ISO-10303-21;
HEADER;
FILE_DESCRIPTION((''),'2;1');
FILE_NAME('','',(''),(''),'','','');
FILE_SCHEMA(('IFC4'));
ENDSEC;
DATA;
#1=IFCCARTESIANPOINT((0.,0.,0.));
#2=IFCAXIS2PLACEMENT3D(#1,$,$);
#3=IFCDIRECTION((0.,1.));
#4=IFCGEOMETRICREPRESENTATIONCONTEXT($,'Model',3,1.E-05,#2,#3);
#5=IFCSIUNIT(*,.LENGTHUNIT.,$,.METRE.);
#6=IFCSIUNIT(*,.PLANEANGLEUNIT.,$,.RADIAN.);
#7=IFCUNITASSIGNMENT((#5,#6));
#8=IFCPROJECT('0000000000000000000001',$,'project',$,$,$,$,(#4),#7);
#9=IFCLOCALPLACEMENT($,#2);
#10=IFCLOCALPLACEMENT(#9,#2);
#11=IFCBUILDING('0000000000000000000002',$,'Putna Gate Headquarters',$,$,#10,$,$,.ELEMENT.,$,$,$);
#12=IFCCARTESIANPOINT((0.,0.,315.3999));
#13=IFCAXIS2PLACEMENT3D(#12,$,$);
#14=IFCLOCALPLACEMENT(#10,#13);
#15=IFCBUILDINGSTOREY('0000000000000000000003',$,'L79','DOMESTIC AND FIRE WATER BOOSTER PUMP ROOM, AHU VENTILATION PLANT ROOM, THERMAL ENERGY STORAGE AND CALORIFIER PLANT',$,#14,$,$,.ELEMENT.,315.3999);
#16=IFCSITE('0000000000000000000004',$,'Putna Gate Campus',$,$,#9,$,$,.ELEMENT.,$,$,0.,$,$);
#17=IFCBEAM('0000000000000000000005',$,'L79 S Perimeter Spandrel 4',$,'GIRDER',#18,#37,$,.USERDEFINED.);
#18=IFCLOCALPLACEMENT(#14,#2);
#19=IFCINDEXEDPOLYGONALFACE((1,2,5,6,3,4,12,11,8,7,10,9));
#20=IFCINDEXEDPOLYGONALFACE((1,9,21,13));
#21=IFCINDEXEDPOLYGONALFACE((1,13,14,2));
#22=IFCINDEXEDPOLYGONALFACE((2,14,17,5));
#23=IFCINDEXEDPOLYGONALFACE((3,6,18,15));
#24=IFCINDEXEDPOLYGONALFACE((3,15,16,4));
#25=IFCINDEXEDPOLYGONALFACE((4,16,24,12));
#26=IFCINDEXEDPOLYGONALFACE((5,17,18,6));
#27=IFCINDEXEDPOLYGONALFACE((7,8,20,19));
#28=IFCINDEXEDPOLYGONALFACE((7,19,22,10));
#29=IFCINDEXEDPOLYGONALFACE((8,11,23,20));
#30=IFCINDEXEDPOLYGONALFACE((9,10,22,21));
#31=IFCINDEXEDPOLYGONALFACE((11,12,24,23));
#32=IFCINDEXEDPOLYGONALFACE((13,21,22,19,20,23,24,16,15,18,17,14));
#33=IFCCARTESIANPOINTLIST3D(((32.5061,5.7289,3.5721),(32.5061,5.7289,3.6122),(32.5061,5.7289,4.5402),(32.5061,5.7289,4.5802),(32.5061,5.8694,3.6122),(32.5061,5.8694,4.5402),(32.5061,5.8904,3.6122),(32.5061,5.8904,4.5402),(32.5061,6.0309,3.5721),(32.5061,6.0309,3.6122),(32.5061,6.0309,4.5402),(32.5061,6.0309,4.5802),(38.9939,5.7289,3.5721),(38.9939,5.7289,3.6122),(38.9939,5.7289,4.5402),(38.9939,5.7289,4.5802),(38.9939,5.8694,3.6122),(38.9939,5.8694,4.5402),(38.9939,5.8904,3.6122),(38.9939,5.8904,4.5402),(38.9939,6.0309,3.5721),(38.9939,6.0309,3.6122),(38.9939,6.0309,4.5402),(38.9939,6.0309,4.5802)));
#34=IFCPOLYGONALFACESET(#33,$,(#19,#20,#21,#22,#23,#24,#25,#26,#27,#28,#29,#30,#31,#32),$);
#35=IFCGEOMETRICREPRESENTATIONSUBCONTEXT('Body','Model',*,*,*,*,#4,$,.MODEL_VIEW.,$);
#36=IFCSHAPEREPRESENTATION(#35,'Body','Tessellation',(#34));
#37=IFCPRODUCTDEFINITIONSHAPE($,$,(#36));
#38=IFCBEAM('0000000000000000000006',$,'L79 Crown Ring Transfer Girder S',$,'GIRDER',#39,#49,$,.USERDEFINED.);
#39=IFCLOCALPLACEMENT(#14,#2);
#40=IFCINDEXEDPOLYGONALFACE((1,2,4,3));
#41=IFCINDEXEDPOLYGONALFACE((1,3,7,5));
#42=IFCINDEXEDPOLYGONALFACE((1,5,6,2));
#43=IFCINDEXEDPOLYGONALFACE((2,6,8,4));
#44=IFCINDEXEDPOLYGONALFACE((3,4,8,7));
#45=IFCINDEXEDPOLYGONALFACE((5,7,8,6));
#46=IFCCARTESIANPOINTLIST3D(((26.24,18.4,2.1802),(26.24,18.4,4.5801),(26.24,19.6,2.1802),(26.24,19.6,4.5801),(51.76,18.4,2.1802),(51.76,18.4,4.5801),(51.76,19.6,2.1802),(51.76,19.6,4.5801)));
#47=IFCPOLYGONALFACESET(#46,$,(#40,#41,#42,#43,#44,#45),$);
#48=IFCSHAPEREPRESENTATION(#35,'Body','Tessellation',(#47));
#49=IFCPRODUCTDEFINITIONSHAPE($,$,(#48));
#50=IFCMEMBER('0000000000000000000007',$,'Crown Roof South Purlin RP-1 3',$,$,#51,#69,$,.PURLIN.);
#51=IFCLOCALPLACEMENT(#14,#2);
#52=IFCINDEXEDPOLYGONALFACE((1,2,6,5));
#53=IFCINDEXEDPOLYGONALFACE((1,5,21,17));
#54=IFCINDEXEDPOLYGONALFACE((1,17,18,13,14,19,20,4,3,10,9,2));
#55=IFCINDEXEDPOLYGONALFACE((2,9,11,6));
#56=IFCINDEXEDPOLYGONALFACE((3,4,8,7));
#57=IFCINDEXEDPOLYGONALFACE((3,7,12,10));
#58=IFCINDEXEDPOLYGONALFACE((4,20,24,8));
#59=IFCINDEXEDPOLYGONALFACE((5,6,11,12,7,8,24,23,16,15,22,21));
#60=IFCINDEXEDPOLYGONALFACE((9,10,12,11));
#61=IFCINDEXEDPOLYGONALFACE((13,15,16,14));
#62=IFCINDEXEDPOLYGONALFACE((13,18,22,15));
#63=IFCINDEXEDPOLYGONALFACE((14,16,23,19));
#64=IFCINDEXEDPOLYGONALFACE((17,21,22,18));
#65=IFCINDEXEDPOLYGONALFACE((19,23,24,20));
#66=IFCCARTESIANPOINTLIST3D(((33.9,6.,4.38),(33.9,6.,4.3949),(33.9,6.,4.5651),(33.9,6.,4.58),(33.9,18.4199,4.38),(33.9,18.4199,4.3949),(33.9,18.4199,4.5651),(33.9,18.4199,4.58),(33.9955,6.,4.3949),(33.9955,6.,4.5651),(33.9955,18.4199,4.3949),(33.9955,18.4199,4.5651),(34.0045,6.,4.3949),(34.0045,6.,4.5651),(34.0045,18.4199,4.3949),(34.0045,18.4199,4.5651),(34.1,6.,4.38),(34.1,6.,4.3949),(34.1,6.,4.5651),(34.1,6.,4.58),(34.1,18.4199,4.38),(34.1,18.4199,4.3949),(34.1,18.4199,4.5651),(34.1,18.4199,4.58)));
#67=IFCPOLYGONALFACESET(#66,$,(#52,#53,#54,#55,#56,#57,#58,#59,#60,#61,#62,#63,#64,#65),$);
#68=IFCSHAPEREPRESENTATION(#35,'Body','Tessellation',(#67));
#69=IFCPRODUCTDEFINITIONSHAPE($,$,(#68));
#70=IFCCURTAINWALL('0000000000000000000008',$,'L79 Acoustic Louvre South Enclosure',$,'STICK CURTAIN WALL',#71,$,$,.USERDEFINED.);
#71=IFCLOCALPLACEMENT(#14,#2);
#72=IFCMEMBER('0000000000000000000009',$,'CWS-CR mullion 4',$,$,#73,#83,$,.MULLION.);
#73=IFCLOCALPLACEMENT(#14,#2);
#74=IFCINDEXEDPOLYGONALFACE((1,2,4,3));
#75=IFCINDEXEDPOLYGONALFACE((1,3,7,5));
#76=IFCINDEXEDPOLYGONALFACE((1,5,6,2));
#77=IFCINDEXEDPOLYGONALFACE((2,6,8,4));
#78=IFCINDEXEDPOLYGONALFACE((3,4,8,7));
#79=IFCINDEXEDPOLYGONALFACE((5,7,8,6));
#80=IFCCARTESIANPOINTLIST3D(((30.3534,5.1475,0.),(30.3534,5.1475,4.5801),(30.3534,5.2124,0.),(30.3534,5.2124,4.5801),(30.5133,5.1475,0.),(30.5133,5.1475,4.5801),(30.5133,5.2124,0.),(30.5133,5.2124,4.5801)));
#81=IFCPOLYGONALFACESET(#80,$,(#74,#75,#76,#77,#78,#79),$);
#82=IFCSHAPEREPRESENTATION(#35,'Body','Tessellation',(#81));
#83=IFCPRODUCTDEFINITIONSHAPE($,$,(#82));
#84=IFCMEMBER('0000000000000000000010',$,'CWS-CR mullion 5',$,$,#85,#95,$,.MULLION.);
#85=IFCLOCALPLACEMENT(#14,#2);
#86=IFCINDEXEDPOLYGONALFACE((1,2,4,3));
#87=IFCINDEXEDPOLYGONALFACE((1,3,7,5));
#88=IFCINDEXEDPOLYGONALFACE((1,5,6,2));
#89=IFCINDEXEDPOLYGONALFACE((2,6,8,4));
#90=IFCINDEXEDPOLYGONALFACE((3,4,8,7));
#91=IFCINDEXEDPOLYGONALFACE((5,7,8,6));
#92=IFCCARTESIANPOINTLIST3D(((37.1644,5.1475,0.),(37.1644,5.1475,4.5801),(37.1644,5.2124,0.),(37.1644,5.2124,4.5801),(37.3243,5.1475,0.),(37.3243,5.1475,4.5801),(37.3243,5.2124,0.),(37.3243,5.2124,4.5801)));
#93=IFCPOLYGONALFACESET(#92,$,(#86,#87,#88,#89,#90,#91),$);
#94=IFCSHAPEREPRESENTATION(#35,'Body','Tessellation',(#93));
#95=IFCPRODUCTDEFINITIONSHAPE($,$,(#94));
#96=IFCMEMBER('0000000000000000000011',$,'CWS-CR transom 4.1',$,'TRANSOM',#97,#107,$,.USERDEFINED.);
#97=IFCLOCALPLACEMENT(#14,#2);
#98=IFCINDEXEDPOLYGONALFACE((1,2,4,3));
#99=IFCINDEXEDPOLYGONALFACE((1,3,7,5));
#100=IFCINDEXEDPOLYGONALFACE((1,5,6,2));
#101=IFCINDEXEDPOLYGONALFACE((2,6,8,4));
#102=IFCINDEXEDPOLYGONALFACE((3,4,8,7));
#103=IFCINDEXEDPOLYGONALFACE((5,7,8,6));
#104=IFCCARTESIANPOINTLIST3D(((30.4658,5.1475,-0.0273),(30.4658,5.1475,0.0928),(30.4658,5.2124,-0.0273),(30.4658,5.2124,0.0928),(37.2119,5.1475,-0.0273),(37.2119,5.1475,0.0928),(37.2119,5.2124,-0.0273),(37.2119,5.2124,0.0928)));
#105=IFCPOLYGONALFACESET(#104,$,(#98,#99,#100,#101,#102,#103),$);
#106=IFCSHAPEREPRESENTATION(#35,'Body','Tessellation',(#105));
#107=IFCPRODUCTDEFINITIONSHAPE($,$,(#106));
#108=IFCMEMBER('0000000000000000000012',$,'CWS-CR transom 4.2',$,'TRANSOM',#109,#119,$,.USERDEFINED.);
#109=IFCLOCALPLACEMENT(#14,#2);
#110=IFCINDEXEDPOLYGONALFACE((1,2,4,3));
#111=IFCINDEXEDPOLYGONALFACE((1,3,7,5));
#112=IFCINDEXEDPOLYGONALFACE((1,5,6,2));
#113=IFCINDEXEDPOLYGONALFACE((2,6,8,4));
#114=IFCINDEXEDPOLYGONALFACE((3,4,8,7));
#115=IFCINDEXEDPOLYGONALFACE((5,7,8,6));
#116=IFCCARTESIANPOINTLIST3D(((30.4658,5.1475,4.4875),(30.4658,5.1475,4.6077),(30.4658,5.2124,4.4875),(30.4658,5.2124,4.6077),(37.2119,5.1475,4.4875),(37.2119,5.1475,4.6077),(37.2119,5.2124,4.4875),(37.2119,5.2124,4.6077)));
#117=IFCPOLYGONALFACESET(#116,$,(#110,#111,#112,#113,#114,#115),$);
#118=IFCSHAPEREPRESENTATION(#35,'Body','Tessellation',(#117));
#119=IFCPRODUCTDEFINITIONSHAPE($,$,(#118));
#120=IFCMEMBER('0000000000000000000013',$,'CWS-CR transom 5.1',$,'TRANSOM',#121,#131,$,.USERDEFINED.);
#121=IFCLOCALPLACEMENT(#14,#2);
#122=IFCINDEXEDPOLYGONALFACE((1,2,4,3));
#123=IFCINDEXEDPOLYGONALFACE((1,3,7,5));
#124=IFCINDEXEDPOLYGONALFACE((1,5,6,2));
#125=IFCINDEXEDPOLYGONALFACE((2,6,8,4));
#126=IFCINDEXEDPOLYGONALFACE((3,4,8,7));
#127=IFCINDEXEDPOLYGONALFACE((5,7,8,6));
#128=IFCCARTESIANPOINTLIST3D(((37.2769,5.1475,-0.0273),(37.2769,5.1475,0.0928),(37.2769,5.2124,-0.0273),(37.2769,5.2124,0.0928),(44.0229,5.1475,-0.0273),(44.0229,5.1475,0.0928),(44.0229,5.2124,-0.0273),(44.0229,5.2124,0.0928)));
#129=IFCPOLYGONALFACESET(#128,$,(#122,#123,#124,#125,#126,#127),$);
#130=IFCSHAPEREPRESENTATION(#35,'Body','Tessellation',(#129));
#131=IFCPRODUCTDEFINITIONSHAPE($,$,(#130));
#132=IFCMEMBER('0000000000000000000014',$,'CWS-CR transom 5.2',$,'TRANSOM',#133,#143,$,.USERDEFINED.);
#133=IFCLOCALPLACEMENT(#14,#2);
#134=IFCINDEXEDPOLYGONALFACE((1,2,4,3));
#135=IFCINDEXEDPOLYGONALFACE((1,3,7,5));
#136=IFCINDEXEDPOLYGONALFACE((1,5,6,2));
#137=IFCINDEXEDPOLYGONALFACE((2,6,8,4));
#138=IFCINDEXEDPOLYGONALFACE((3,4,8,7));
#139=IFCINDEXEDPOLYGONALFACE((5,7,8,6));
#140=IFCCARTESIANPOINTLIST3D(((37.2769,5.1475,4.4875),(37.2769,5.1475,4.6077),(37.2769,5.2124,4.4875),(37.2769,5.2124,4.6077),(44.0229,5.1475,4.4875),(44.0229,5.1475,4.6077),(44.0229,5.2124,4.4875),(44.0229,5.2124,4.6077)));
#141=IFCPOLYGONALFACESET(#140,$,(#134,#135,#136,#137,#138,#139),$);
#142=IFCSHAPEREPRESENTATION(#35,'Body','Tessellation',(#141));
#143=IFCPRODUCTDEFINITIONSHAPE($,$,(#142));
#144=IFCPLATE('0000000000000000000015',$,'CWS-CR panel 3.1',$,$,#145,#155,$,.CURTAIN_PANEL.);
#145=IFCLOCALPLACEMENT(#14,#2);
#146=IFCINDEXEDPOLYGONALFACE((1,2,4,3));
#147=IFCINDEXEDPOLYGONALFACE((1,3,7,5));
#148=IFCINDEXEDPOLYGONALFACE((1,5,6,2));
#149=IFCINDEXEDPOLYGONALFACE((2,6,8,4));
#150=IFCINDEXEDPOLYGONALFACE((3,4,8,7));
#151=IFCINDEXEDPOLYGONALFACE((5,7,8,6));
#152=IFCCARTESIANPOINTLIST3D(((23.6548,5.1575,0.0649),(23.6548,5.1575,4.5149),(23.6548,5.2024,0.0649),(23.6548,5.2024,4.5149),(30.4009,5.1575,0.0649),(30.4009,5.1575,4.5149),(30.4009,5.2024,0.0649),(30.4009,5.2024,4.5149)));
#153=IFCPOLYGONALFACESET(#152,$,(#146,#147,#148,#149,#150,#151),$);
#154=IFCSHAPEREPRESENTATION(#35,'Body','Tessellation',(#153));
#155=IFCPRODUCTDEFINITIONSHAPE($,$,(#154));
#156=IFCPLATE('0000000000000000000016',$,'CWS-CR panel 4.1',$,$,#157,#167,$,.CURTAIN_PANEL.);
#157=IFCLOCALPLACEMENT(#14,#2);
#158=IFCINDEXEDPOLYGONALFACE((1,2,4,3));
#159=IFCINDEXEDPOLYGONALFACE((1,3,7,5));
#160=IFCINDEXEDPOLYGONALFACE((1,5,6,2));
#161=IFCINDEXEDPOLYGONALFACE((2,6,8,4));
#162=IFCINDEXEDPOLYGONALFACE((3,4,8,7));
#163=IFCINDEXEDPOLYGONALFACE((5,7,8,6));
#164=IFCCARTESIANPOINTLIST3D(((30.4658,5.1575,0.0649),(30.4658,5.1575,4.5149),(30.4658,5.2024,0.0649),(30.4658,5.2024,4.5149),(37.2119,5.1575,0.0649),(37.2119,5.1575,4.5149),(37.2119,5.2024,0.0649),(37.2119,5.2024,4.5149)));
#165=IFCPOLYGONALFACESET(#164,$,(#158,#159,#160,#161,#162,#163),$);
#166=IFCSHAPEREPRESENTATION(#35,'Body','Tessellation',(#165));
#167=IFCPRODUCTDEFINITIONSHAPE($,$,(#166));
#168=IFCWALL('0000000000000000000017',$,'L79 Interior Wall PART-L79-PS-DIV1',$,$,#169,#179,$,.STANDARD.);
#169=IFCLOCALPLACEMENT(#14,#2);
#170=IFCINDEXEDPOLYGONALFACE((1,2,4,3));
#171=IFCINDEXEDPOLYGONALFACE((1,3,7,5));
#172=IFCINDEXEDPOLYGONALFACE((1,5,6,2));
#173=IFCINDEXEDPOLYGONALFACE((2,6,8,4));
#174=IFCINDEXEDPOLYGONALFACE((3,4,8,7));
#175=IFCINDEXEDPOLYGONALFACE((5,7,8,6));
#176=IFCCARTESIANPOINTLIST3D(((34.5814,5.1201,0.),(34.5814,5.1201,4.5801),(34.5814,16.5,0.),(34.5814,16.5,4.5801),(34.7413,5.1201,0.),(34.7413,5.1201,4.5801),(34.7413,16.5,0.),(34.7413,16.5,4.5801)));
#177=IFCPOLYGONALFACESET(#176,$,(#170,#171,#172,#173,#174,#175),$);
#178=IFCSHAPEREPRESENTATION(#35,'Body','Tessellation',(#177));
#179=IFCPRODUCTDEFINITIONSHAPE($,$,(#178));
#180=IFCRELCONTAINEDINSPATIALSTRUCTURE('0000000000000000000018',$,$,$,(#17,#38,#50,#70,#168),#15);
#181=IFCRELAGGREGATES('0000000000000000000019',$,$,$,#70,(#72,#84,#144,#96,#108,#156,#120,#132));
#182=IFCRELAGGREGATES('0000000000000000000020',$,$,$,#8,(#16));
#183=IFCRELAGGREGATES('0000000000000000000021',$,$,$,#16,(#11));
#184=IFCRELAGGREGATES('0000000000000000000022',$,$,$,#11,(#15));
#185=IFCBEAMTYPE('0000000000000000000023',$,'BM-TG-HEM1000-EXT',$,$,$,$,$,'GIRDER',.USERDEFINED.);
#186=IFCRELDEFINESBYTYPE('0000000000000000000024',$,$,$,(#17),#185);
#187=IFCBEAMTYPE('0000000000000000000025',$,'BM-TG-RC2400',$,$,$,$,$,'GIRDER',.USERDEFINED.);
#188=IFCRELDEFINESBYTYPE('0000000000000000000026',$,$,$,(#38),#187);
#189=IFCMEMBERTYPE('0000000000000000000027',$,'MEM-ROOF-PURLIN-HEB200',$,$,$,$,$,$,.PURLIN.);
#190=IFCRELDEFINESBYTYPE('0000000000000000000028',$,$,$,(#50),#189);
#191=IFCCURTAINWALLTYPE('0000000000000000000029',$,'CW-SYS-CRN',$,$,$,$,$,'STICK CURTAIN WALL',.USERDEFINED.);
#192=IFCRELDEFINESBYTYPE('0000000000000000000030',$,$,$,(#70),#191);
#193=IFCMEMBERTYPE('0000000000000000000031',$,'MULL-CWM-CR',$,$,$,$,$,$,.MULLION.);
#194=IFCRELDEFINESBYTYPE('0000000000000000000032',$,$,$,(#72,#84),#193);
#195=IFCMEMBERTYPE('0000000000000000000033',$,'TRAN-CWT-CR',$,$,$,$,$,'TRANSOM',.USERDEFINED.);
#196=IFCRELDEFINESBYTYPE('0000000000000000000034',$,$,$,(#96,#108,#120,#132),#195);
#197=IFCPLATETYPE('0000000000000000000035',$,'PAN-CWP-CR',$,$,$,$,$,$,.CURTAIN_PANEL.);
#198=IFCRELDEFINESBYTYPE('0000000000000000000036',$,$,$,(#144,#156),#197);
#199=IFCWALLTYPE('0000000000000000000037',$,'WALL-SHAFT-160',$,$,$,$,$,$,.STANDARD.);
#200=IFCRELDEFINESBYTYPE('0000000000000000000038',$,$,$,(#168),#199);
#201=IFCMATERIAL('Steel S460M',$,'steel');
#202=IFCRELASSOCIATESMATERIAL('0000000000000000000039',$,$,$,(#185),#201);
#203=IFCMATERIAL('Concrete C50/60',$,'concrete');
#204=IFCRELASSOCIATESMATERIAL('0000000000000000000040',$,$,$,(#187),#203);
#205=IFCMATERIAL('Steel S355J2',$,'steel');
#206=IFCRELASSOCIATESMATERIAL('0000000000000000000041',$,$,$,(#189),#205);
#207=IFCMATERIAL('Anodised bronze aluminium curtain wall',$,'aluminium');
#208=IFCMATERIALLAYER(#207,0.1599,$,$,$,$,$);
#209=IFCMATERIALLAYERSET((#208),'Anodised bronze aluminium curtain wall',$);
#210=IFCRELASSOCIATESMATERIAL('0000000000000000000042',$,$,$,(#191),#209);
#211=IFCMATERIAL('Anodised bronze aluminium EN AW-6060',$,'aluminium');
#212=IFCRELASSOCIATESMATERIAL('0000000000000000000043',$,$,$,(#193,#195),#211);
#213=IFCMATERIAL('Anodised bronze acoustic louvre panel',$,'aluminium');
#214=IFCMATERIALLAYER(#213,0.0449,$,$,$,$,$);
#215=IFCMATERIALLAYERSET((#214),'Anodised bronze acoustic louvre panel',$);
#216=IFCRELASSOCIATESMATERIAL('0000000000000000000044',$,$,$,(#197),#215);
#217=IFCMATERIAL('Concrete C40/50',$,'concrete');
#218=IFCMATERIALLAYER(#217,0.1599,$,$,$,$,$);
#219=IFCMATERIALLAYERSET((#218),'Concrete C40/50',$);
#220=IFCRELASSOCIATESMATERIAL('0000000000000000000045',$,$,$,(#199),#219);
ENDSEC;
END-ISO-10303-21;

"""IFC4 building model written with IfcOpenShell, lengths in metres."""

from ifc_helpers import new_model, si_unit, direction, frame, frame_2d, origin, origin_2d, place, context, subcontext, project, spatial, rectangle, i_section, extrude, material, layer, layer_set, material_profile, profile_set, type_object, element, aggregate, save


model = new_model("IFC4")

# Units and contexts
model_context = context("Model", 3, precision=1e-05, world=origin(), true_north=direction((0.0, 1.0)))
body_context = subcontext(model_context, "Body", "Model", "MODEL_VIEW")
ifc_project = project(units=[si_unit("LENGTHUNIT", "METRE"), si_unit("PLANEANGLEUNIT", "RADIAN")], contexts=[model_context])

# Site, building, storey
site_placement = place(None, origin())
site = spatial("IfcSite", under=ifc_project, at=site_placement, Name="Putna Gate Campus", CompositionType="ELEMENT", RefElevation=0.0)
building_placement = place(site_placement, origin())
building = spatial("IfcBuilding", under=site, at=building_placement, Name="Putna Gate Headquarters", CompositionType="ELEMENT")
storey_placement = place(building_placement, frame((0.0, 0.0, 315.3999)))
storey = spatial("IfcBuildingStorey", under=building, at=storey_placement, Name="L79", Description="DOMESTIC AND FIRE WATER BOOSTER PUMP ROOM, AHU VENTILATION PLANT ROOM, THERMAL ENERGY STORAGE AND CALORIFIER PLANT", CompositionType="ELEMENT", Elevation=315.3999)

# Shared definitions
ifc_material_1 = material(Name="Steel S460M", Category="steel")

# Beams
ifc_material_2 = material(Name="Steel S355J2", Category="steel")
ifc_material_profile_1 = material_profile(ifc_material_1, i_section(OverallWidth=0.302, OverallDepth=1.0081, WebThickness=0.021, FlangeThickness=0.04, at=origin_2d()), Name="Steel S460M")
ifc_profile_set_1 = profile_set([ifc_material_profile_1], Name="Steel S460M")
beam_type_1 = type_object("IfcBeamType", Name="BM-TG-HEM1000-EXT", ElementType="GIRDER", PredefinedType="USERDEFINED", material=ifc_profile_set_1)
beam_1_placement = place(storey_placement, frame((32.5061, 5.8799, 4.0762), z_axis=(1.0, 0.0, 0.0), x_axis=(0.0, 1.0, 0.0)))
element("IfcBeam", 1, at=beam_1_placement, inside=storey, type_object=beam_type_1, Name="L79 S Perimeter Spandrel 4", ObjectType="GIRDER", PredefinedType="USERDEFINED", context=body_context, shape_type="SweptSolid", body=[
    extrude(i_section(OverallWidth=0.302, OverallDepth=1.0081, WebThickness=0.021, FlangeThickness=0.04, at=origin_2d()), origin(), (0.0, 0.0, 1.0), 6.4878),
])
ifc_material_3 = material(Name="Concrete C50/60", Category="concrete")
ifc_material_profile_2 = material_profile(ifc_material_3, rectangle(XDim=1.2, YDim=2.3999, at=origin_2d()), Name="Concrete C50/60")
ifc_profile_set_2 = profile_set([ifc_material_profile_2], Name="Concrete C50/60")
beam_type_2 = type_object("IfcBeamType", Name="BM-TG-RC2400", ElementType="GIRDER", PredefinedType="USERDEFINED", material=ifc_profile_set_2)
beam_2_placement = place(storey_placement, frame((26.24, 19.0, 3.3801), z_axis=(1.0, 0.0, 0.0), x_axis=(0.0, 1.0, 0.0)))
element("IfcBeam", 2, at=beam_2_placement, inside=storey, type_object=beam_type_2, Name="L79 Crown Ring Transfer Girder S", ObjectType="GIRDER", PredefinedType="USERDEFINED", context=body_context, shape_type="SweptSolid", body=[
    extrude(rectangle(XDim=1.2, YDim=2.3999, at=origin_2d()), origin(), (0.0, 0.0, 1.0), 25.52),
])

# Member
ifc_material_profile_3 = material_profile(ifc_material_2, i_section(OverallWidth=0.2, OverallDepth=0.2, WebThickness=0.009, FlangeThickness=0.0149, at=origin_2d()), Name="Steel S355J2")
ifc_profile_set_3 = profile_set([ifc_material_profile_3], Name="Steel S355J2")
member_type_1 = type_object("IfcMemberType", Name="MEM-ROOF-PURLIN-HEB200", PredefinedType="PURLIN", material=ifc_profile_set_3)
member_1_placement = place(storey_placement, frame((34.0, 6.0, 4.48), z_axis=(0.0, 1.0, 0.0), x_axis=(-1.0, 0.0, 0.0)))
element("IfcMember", 3, at=member_1_placement, inside=storey, type_object=member_type_1, Name="Crown Roof South Purlin RP-1 3", PredefinedType="PURLIN", context=body_context, shape_type="SweptSolid", body=[
    extrude(i_section(OverallWidth=0.2, OverallDepth=0.2, WebThickness=0.009, FlangeThickness=0.0149, at=origin_2d()), origin(), (0.0, 0.0, 1.0), 12.4199),
])

# Curtain wall, members, plates
ifc_material_4 = material(Name="Anodised bronze aluminium curtain wall", Category="aluminium")
ifc_layer_1 = layer(ifc_material_4, 0.1599)
ifc_layer_set_1 = layer_set([ifc_layer_1], Name="Anodised bronze aluminium curtain wall")
curtain_wall_type = type_object("IfcCurtainWallType", Name="CW-SYS-CRN", ElementType="STICK CURTAIN WALL", PredefinedType="USERDEFINED", material=ifc_layer_set_1)
curtain_wall_placement = place(storey_placement, origin())
curtain_wall = element("IfcCurtainWall", 4, at=curtain_wall_placement, inside=storey, type_object=curtain_wall_type, Name="L79 Acoustic Louvre South Enclosure", ObjectType="STICK CURTAIN WALL", PredefinedType="USERDEFINED")
ifc_material_5 = material(Name="Anodised bronze aluminium EN AW-6060", Category="aluminium")
ifc_material_profile_4 = material_profile(ifc_material_5, rectangle(XDim=0.0649, YDim=0.1599, at=origin_2d()), Name="Anodised bronze aluminium EN AW-6060")
ifc_profile_set_4 = profile_set([ifc_material_profile_4], Name="Anodised bronze aluminium EN AW-6060")
member_type_2 = type_object("IfcMemberType", Name="MULL-CWM-CR", PredefinedType="MULLION", material=ifc_profile_set_4)
member_2_placement = place(storey_placement, frame((30.4333, 5.1799, 0.0), z_axis=(0.0, 0.0, 1.0), x_axis=(0.0, 1.0, 0.0)))
member_2 = element("IfcMember", 5, at=member_2_placement, type_object=member_type_2, Name="CWS-CR mullion 4", PredefinedType="MULLION", context=body_context, shape_type="SweptSolid", body=[
    extrude(rectangle(XDim=0.0649, YDim=0.1599, at=origin_2d()), origin(), (0.0, 0.0, 1.0), 4.5801),
])
member_3_placement = place(storey_placement, frame((37.2444, 5.1799, 0.0), z_axis=(0.0, 0.0, 1.0), x_axis=(0.0, 1.0, 0.0)))
member_3 = element("IfcMember", 6, at=member_3_placement, type_object=member_type_2, Name="CWS-CR mullion 5", PredefinedType="MULLION", context=body_context, shape_type="SweptSolid", body=[
    extrude(rectangle(XDim=0.0649, YDim=0.1599, at=origin_2d()), origin(), (0.0, 0.0, 1.0), 4.5801),
])
ifc_material_profile_5 = material_profile(ifc_material_5, rectangle(XDim=0.0649, YDim=0.1201, at=origin_2d()), Name="Anodised bronze aluminium EN AW-6060")
ifc_profile_set_5 = profile_set([ifc_material_profile_5], Name="Anodised bronze aluminium EN AW-6060")
member_type_3 = type_object("IfcMemberType", Name="TRAN-CWT-CR", ElementType="TRANSOM", PredefinedType="USERDEFINED", material=ifc_profile_set_5)
member_4_placement = place(storey_placement, frame((30.4658, 5.1799, 0.0327), z_axis=(1.0, 0.0, 0.0), x_axis=(0.0, 1.0, 0.0)))
member_4 = element("IfcMember", 7, at=member_4_placement, type_object=member_type_3, Name="CWS-CR transom 4.1", ObjectType="TRANSOM", PredefinedType="USERDEFINED", context=body_context, shape_type="SweptSolid", body=[
    extrude(rectangle(XDim=0.0649, YDim=0.1201, at=origin_2d()), origin(), (0.0, 0.0, 1.0), 6.7461),
])
member_5_placement = place(storey_placement, frame((30.4658, 5.1799, 4.5476), z_axis=(1.0, 0.0, 0.0), x_axis=(0.0, 1.0, 0.0)))
member_5 = element("IfcMember", 8, at=member_5_placement, type_object=member_type_3, Name="CWS-CR transom 4.2", ObjectType="TRANSOM", PredefinedType="USERDEFINED", context=body_context, shape_type="SweptSolid", body=[
    extrude(rectangle(XDim=0.0649, YDim=0.1201, at=origin_2d()), origin(), (0.0, 0.0, 1.0), 6.7461),
])
member_6_placement = place(storey_placement, frame((37.2769, 5.1799, 0.0327), z_axis=(1.0, 0.0, 0.0), x_axis=(0.0, 1.0, 0.0)))
member_6 = element("IfcMember", 9, at=member_6_placement, type_object=member_type_3, Name="CWS-CR transom 5.1", ObjectType="TRANSOM", PredefinedType="USERDEFINED", context=body_context, shape_type="SweptSolid", body=[
    extrude(rectangle(XDim=0.0649, YDim=0.1201, at=origin_2d()), origin(), (0.0, 0.0, 1.0), 6.7461),
])
member_7_placement = place(storey_placement, frame((37.2769, 5.1799, 4.5476), z_axis=(1.0, 0.0, 0.0), x_axis=(0.0, 1.0, 0.0)))
member_7 = element("IfcMember", 10, at=member_7_placement, type_object=member_type_3, Name="CWS-CR transom 5.2", ObjectType="TRANSOM", PredefinedType="USERDEFINED", context=body_context, shape_type="SweptSolid", body=[
    extrude(rectangle(XDim=0.0649, YDim=0.1201, at=origin_2d()), origin(), (0.0, 0.0, 1.0), 6.7461),
])
ifc_material_6 = material(Name="Anodised bronze acoustic louvre panel", Category="aluminium")
ifc_layer_2 = layer(ifc_material_6, 0.0449)
ifc_layer_set_2 = layer_set([ifc_layer_2], Name="Anodised bronze acoustic louvre panel")
plate_type = type_object("IfcPlateType", Name="PAN-CWP-CR", PredefinedType="CURTAIN_PANEL", material=ifc_layer_set_2)
plate_1_placement = place(storey_placement, frame((27.0278, 5.1799, 0.0649), z_axis=(0.0, 0.0, 1.0), x_axis=(1.0, 0.0, 0.0)))
plate_1 = element("IfcPlate", 11, at=plate_1_placement, type_object=plate_type, Name="CWS-CR panel 3.1", PredefinedType="CURTAIN_PANEL", context=body_context, shape_type="SweptSolid", body=[
    extrude(rectangle(XDim=6.7461, YDim=0.0449, at=origin_2d()), origin(), (0.0, 0.0, 1.0), 4.45),
])
plate_2_placement = place(storey_placement, frame((33.8389, 5.1799, 0.0649), z_axis=(0.0, 0.0, 1.0), x_axis=(1.0, 0.0, 0.0)))
plate_2 = element("IfcPlate", 12, at=plate_2_placement, type_object=plate_type, Name="CWS-CR panel 4.1", PredefinedType="CURTAIN_PANEL", context=body_context, shape_type="SweptSolid", body=[
    extrude(rectangle(XDim=6.7461, YDim=0.0449, at=origin_2d()), origin(), (0.0, 0.0, 1.0), 4.45),
])
aggregate(curtain_wall, [member_2, member_3, plate_1, member_4, member_5, plate_2, member_6, member_7])

# Wall
ifc_material_7 = material(Name="Concrete C40/50", Category="concrete")
ifc_layer_3 = layer(ifc_material_7, 0.1599)
ifc_layer_set_3 = layer_set([ifc_layer_3], Name="Concrete C40/50")
wall_type = type_object("IfcWallType", Name="WALL-SHAFT-160", PredefinedType="STANDARD", material=ifc_layer_set_3)
wall_1_placement = place(storey_placement, frame((34.6614, 5.1201, 0.0), z_axis=(0.0, 0.0, 1.0), x_axis=(0.0, 1.0, 0.0)))
element("IfcWall", 13, at=wall_1_placement, inside=storey, type_object=wall_type, Name="L79 Interior Wall PART-L79-PS-DIV1", PredefinedType="STANDARD", context=body_context, shape_type="SweptSolid", body=[
    extrude(rectangle(XDim=11.3799, YDim=0.1599, at=frame_2d((5.6899, 0.0))), origin(), (0.0, 0.0, 1.0), 4.5801),
])

save(model, "model.ifc")
